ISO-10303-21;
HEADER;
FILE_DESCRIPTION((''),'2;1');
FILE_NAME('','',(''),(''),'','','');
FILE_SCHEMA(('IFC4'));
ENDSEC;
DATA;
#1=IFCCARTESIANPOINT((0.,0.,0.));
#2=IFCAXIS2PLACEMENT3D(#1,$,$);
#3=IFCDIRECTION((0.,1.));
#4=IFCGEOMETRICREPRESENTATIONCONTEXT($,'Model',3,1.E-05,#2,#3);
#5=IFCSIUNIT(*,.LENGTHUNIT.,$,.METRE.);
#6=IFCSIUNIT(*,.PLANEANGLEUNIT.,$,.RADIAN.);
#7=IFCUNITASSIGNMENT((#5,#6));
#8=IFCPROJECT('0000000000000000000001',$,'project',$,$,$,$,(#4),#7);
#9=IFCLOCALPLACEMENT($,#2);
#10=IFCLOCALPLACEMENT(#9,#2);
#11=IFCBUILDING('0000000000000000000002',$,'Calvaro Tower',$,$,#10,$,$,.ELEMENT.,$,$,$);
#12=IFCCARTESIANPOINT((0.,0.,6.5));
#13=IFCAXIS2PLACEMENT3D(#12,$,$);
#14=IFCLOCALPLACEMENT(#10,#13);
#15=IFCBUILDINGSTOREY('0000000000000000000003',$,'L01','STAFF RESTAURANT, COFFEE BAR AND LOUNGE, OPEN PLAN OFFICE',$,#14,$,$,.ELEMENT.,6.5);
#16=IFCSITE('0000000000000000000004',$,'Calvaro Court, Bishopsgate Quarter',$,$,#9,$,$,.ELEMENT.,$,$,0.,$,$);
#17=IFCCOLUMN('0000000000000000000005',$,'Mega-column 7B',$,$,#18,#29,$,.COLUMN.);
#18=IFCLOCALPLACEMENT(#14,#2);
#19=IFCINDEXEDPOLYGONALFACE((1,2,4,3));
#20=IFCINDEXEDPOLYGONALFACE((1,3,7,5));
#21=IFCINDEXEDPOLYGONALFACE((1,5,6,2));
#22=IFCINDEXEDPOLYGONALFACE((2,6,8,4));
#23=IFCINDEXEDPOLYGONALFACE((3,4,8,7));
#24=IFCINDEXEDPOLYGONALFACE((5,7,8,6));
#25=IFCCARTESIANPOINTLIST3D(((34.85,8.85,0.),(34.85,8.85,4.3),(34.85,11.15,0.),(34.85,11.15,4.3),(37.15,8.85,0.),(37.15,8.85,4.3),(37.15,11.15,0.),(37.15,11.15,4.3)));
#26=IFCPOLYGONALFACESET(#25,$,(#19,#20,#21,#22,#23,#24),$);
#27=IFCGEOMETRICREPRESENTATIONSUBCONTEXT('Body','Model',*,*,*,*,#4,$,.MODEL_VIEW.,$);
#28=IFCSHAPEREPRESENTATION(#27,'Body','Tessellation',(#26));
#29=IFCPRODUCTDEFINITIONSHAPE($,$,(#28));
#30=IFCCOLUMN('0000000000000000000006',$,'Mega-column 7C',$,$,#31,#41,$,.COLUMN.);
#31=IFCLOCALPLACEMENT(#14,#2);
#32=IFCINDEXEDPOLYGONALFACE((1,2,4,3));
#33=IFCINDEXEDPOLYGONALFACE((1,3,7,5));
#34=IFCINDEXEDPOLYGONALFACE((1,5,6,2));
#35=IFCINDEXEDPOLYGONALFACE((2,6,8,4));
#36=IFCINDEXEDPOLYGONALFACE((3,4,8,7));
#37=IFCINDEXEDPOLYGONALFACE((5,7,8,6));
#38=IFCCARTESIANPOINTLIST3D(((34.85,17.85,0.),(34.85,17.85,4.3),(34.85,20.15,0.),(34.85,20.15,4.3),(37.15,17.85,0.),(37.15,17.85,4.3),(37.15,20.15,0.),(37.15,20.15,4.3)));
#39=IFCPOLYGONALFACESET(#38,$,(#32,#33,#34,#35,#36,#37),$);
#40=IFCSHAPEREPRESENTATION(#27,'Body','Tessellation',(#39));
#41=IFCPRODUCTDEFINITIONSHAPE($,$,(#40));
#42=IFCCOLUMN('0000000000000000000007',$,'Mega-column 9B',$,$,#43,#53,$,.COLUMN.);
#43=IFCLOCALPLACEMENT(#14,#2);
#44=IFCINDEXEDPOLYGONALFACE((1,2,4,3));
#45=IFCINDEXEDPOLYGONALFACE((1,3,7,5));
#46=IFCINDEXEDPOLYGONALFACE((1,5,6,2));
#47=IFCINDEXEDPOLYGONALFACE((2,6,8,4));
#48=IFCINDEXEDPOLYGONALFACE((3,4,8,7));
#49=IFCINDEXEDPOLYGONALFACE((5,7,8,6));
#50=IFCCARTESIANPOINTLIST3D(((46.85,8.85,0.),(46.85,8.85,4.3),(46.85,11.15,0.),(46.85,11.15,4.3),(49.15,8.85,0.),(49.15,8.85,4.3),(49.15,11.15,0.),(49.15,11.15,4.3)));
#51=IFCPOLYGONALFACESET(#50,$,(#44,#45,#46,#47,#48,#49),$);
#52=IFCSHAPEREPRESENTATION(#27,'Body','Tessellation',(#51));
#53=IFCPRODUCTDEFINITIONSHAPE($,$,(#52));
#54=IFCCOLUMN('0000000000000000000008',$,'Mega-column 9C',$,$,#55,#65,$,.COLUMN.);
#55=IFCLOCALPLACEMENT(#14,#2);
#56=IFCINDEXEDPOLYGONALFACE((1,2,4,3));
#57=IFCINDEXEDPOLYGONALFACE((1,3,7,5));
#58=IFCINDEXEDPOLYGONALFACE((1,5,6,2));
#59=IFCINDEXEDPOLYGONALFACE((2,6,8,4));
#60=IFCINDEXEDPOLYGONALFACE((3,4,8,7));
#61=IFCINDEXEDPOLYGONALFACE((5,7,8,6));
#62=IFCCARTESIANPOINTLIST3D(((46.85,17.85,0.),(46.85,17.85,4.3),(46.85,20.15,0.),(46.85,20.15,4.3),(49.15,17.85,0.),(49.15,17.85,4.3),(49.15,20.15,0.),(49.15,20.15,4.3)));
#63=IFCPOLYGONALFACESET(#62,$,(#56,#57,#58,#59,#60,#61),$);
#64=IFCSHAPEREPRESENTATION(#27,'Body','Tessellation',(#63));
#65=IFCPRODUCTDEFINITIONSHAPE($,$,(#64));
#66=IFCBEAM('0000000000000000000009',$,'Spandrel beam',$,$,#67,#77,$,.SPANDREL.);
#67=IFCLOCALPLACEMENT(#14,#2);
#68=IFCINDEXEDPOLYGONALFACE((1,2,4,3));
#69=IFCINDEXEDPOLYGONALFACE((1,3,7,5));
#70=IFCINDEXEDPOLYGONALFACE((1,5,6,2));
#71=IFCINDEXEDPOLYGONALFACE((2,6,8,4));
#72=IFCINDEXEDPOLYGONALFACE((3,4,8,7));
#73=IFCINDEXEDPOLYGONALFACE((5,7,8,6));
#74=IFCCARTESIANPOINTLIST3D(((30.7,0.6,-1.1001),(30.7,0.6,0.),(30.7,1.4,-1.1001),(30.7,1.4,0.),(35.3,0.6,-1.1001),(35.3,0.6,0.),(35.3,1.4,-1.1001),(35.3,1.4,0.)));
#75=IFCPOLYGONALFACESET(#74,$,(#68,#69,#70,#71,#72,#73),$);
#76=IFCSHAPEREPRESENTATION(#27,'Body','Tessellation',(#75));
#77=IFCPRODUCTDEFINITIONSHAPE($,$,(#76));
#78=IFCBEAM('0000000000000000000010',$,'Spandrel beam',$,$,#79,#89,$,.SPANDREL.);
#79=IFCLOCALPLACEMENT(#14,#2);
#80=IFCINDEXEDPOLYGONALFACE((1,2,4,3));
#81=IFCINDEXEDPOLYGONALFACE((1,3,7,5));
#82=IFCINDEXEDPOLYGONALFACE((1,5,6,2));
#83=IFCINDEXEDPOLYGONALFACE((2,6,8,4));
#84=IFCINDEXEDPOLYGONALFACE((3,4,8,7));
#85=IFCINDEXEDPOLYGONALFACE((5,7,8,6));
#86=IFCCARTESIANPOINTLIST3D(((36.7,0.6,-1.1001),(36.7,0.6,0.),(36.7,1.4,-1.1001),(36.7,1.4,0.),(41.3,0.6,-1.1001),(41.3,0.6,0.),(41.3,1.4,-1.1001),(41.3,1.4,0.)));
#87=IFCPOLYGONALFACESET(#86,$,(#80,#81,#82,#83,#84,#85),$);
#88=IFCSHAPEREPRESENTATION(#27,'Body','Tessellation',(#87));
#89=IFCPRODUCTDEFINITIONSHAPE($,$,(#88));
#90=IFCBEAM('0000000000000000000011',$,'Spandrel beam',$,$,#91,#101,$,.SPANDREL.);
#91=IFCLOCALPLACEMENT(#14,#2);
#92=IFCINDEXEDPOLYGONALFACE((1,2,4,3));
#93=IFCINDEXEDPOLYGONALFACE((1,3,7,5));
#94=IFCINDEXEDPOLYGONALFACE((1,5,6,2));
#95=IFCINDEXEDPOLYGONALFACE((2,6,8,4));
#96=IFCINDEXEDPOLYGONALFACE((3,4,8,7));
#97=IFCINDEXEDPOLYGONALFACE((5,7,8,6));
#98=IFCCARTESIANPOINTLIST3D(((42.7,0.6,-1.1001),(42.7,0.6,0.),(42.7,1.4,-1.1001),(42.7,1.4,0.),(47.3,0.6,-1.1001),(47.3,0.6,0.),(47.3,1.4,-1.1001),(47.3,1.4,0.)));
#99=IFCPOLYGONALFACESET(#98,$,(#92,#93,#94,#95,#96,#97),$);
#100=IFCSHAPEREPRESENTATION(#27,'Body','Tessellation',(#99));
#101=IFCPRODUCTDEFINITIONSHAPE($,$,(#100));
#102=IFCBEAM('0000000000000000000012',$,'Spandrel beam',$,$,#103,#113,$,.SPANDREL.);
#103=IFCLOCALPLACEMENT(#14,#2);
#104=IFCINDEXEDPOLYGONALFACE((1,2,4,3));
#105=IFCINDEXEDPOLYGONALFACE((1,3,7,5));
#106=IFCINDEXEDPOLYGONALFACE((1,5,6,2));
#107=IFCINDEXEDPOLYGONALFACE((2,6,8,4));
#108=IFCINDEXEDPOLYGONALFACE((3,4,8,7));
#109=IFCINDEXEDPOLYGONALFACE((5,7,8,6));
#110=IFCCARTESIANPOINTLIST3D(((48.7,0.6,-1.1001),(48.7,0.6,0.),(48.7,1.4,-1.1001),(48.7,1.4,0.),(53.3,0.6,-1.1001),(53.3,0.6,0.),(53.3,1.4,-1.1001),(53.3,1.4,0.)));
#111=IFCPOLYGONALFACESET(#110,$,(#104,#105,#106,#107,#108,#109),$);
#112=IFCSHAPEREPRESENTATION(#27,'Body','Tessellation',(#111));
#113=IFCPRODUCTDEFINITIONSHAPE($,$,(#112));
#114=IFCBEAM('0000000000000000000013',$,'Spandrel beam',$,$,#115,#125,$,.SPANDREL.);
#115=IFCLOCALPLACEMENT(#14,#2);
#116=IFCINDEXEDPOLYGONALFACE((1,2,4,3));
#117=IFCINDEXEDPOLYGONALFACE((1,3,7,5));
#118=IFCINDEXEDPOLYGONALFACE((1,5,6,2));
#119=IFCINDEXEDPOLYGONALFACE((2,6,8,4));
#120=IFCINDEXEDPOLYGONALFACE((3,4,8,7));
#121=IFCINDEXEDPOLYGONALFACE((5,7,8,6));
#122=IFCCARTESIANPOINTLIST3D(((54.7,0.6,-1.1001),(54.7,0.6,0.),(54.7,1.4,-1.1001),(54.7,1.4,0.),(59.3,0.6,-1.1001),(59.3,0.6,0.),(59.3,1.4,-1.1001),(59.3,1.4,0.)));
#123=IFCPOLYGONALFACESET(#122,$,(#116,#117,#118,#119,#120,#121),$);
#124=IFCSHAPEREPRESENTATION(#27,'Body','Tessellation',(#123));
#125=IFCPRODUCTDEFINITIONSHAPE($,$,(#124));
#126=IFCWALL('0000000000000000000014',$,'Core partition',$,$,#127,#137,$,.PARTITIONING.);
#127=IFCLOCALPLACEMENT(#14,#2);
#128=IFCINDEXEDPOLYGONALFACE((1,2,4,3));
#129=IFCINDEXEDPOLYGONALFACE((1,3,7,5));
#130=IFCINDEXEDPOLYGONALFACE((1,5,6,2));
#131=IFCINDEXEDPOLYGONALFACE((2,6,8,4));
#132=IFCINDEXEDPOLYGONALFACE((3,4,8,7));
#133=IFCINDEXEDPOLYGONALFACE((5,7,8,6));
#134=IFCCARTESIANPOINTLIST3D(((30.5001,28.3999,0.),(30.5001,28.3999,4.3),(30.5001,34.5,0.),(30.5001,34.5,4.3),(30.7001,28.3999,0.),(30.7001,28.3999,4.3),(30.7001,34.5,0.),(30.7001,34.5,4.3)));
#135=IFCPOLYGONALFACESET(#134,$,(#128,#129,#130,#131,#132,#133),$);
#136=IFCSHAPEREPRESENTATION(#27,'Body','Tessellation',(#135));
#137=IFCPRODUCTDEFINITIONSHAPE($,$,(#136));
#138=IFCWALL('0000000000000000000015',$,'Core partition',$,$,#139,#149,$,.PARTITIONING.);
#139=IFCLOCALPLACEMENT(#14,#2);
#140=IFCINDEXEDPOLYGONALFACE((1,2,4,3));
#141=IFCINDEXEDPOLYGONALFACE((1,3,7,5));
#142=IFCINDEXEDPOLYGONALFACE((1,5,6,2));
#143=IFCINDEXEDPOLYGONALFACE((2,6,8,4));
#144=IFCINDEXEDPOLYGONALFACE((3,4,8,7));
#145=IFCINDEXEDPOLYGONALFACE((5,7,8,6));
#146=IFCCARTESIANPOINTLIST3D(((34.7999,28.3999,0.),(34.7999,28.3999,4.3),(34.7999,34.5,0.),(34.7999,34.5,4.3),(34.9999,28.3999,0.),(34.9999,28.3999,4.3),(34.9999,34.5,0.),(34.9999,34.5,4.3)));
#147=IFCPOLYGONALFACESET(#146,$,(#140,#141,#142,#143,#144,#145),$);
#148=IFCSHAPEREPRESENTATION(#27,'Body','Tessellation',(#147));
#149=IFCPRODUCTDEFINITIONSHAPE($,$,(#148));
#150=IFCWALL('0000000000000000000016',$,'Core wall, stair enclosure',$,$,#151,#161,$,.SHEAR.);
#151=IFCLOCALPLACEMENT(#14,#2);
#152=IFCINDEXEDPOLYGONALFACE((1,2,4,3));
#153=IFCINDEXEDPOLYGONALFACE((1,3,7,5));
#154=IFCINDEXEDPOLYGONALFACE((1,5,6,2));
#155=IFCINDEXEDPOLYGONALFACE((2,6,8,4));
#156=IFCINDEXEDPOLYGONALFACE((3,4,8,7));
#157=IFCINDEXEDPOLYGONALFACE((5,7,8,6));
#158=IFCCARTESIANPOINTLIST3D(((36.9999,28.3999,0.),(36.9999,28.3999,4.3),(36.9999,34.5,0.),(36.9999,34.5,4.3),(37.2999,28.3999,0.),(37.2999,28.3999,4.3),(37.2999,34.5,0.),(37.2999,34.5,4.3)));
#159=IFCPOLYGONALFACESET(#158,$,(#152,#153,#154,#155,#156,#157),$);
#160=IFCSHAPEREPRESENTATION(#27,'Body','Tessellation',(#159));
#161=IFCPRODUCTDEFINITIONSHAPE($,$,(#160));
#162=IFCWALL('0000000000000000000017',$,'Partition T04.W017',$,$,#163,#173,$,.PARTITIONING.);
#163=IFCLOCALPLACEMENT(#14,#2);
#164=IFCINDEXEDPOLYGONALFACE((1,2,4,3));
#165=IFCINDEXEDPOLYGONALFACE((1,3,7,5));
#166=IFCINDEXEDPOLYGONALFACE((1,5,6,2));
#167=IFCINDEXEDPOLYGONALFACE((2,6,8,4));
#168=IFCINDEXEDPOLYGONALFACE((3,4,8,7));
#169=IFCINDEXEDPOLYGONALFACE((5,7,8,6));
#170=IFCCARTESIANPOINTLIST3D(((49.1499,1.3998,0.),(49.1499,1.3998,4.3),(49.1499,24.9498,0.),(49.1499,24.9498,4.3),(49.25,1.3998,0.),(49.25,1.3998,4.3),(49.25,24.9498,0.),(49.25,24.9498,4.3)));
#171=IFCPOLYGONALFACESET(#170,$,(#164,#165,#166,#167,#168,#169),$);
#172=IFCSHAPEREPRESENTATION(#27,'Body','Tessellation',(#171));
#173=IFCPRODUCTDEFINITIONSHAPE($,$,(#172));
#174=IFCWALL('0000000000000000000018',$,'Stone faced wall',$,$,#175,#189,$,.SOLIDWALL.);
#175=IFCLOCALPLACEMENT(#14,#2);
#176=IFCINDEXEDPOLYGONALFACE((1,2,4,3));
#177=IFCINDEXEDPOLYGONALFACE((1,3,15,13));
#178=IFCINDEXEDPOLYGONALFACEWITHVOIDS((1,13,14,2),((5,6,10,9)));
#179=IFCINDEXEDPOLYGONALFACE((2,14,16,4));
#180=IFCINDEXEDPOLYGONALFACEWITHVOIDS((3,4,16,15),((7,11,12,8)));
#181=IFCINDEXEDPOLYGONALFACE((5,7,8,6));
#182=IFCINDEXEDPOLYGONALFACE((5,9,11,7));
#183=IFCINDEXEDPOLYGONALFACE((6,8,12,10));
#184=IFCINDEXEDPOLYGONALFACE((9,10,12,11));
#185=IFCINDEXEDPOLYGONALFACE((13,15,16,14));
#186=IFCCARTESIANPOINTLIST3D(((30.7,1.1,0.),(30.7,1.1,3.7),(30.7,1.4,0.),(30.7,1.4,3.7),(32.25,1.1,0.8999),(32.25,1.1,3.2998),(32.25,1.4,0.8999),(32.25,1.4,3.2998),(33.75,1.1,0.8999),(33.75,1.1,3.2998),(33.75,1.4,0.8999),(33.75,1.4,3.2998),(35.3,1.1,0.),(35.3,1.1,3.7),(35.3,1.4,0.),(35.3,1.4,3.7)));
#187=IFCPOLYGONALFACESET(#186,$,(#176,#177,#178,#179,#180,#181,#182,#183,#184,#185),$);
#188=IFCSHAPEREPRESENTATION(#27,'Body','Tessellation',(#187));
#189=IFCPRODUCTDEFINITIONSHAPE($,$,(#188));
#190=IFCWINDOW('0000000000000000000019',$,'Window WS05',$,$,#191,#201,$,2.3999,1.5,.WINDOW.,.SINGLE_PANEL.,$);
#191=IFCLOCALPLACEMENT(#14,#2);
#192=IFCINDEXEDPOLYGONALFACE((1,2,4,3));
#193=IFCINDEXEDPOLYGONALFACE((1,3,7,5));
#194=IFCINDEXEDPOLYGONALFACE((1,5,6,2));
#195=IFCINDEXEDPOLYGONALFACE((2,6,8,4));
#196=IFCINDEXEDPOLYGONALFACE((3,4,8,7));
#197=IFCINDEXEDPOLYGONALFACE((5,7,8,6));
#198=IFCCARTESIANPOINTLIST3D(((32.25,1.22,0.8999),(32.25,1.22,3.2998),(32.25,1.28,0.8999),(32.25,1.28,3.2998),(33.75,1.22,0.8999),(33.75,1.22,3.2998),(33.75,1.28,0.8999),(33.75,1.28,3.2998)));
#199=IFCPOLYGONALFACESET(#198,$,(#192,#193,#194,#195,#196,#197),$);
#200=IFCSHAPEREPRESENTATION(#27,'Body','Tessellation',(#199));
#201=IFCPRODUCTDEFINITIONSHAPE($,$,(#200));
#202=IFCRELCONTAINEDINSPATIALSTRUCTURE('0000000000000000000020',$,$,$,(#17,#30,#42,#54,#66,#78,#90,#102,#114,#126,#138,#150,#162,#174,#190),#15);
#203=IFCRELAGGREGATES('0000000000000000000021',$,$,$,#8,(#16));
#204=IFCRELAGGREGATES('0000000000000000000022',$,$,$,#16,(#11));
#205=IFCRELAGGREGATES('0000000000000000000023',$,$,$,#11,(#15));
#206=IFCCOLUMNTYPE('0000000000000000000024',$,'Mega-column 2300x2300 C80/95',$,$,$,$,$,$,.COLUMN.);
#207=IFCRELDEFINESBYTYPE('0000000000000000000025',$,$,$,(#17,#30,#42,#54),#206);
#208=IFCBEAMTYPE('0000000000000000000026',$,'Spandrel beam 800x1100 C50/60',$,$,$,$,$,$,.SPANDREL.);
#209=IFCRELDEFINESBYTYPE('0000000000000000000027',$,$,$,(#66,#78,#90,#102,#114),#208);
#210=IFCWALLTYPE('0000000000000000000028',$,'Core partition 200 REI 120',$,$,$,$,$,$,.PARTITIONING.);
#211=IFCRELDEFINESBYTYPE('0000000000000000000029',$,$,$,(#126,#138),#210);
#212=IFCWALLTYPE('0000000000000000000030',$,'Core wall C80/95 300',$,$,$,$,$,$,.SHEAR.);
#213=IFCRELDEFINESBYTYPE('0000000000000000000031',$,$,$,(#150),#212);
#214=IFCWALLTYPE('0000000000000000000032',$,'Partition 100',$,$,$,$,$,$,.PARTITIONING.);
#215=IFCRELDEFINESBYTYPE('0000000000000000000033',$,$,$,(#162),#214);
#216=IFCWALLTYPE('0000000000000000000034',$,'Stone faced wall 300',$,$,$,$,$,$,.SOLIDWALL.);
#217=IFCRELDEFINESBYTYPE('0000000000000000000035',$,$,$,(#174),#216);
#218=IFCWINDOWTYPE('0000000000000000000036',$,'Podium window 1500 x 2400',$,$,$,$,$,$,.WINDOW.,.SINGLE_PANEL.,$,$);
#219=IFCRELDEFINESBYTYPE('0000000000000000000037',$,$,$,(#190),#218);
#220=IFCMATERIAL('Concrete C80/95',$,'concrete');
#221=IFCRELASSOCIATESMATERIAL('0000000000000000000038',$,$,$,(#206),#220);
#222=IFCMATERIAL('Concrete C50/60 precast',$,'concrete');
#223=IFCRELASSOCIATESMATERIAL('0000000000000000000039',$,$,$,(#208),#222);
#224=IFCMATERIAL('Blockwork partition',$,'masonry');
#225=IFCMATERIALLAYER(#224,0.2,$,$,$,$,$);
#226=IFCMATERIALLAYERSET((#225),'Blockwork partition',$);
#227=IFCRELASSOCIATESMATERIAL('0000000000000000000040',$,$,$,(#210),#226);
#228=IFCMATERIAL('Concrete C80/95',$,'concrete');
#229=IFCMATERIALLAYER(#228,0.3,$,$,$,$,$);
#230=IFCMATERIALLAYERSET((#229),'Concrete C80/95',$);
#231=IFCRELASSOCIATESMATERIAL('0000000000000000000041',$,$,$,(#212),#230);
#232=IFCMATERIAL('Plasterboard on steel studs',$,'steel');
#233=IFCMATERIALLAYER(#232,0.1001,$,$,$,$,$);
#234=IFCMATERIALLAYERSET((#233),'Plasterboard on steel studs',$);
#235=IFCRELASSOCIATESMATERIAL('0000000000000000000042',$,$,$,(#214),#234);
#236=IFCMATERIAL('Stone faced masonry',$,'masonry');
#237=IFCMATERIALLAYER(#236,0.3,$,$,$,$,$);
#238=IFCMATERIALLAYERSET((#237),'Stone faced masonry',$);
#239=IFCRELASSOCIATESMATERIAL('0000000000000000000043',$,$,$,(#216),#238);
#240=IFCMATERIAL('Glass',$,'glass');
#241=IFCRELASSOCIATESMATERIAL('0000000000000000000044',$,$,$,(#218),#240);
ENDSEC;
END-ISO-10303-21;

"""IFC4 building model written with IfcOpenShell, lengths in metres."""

from ifc_helpers import new_model, si_unit, direction, frame, frame_2d, origin, origin_2d, place, context, subcontext, project, spatial, rectangle, extrude, material, layer, layer_set, material_profile, profile_set, type_object, element, fill, save


model = new_model("IFC4")

# Units and contexts
model_context = context("Model", 3, precision=1e-05, world=origin(), true_north=direction((0.0, 1.0)))
body_context = subcontext(model_context, "Body", "Model", "MODEL_VIEW")
ifc_project = project(units=[si_unit("LENGTHUNIT", "METRE"), si_unit("PLANEANGLEUNIT", "RADIAN")], contexts=[model_context])

# Site, building, storey
site_placement = place(None, origin())
site = spatial("IfcSite", under=ifc_project, at=site_placement, Name="Calvaro Court, Bishopsgate Quarter", CompositionType="ELEMENT", RefElevation=0.0)
building_placement = place(site_placement, origin())
building = spatial("IfcBuilding", under=site, at=building_placement, Name="Calvaro Tower", CompositionType="ELEMENT")
storey_placement = place(building_placement, frame((0.0, 0.0, 6.5)))
storey = spatial("IfcBuildingStorey", under=building, at=storey_placement, Name="L01", Description="STAFF RESTAURANT, COFFEE BAR AND LOUNGE, OPEN PLAN OFFICE", CompositionType="ELEMENT", Elevation=6.5)

# Columns
ifc_material_1 = material(Name="Concrete C80/95", Category="concrete")
ifc_material_profile_1 = material_profile(ifc_material_1, rectangle(XDim=2.3, YDim=2.3, at=origin_2d()), Name="RC 2300x2300")
ifc_profile_set_1 = profile_set([ifc_material_profile_1], Name="Concrete C80/95")
column_type = type_object("IfcColumnType", Name="Mega-column 2300x2300 C80/95", PredefinedType="COLUMN", material=ifc_profile_set_1)
for number, where, z_axis, x_axis, name in (
    (1, (36.0, 10.0, 0.0), (0.0, 0.0, 1.0), (1.0, 0.0, 0.0), "Mega-column 7B"),
    (2, (36.0, 19.0, 0.0), (0.0, 0.0, 1.0), (1.0, 0.0, 0.0), "Mega-column 7C"),
    (3, (48.0, 10.0, 0.0), (0.0, 0.0, 1.0), (1.0, 0.0, 0.0), "Mega-column 9B"),
    (4, (48.0, 19.0, 0.0), (0.0, 0.0, 1.0), (1.0, 0.0, 0.0), "Mega-column 9C"),
):
    element("IfcColumn", number, at=place(storey_placement, frame(where, z_axis=z_axis, x_axis=x_axis)), inside=storey, type_object=column_type, Name=name, PredefinedType="COLUMN", context=body_context, shape_type="SweptSolid", body=[
        extrude(rectangle(XDim=2.3, YDim=2.3, at=origin_2d()), origin(), (0.0, 0.0, 1.0), 4.3),
    ])

# Beams
ifc_material_2 = material(Name="Concrete C50/60 precast", Category="concrete")
ifc_material_profile_2 = material_profile(ifc_material_2, rectangle(XDim=0.8, YDim=1.1001, at=origin_2d()), Name="RC 800x1100")
ifc_profile_set_2 = profile_set([ifc_material_profile_2], Name="Concrete C50/60 precast")
beam_type = type_object("IfcBeamType", Name="Spandrel beam 800x1100 C50/60", PredefinedType="SPANDREL", material=ifc_profile_set_2)
for number, where, z_axis, x_axis, name in (
    (5, (30.7, 1.0, -0.55), (1.0, 0.0, 0.0), (0.0, 1.0, 0.0), "Spandrel beam"),
    (6, (36.7, 1.0, -0.55), (1.0, 0.0, 0.0), (0.0, 1.0, 0.0), "Spandrel beam"),
    (7, (42.7, 1.0, -0.55), (1.0, 0.0, 0.0), (0.0, 1.0, 0.0), "Spandrel beam"),
    (8, (48.7, 1.0, -0.55), (1.0, 0.0, 0.0), (0.0, 1.0, 0.0), "Spandrel beam"),
    (9, (54.7, 1.0, -0.55), (1.0, 0.0, 0.0), (0.0, 1.0, 0.0), "Spandrel beam"),
):
    element("IfcBeam", number, at=place(storey_placement, frame(where, z_axis=z_axis, x_axis=x_axis)), inside=storey, type_object=beam_type, Name=name, PredefinedType="SPANDREL", context=body_context, shape_type="SweptSolid", body=[
        extrude(rectangle(XDim=0.8, YDim=1.1001, at=origin_2d()), origin(), (0.0, 0.0, 1.0), 4.6001),
    ])

# Walls
ifc_material_3 = material(Name="Blockwork partition", Category="masonry")
ifc_layer_1 = layer(ifc_material_3, 0.2)
ifc_layer_set_1 = layer_set([ifc_layer_1], Name="Blockwork partition")
wall_type_1 = type_object("IfcWallType", Name="Core partition 200 REI 120", PredefinedType="PARTITIONING", material=ifc_layer_set_1)
for number, where, z_axis, x_axis, name in (
    (10, (30.6001, 28.3999, 0.0), (0.0, 0.0, 1.0), (0.0, 1.0, 0.0), "Core partition"),
    (11, (34.8999, 28.3999, 0.0), (0.0, 0.0, 1.0), (0.0, 1.0, 0.0), "Core partition"),
):
    element("IfcWall", number, at=place(storey_placement, frame(where, z_axis=z_axis, x_axis=x_axis)), inside=storey, type_object=wall_type_1, Name=name, PredefinedType="PARTITIONING", context=body_context, shape_type="SweptSolid", body=[
        extrude(rectangle(XDim=6.1001, YDim=0.2, at=frame_2d((3.05, 0.0))), origin(), (0.0, 0.0, 1.0), 4.3),
    ])
ifc_material_4 = material(Name="Concrete C80/95", Category="concrete")
ifc_layer_2 = layer(ifc_material_4, 0.3)
ifc_layer_set_2 = layer_set([ifc_layer_2], Name="Concrete C80/95")
wall_type_2 = type_object("IfcWallType", Name="Core wall C80/95 300", PredefinedType="SHEAR", material=ifc_layer_set_2)
wall_1_placement = place(storey_placement, frame((37.1499, 28.3999, 0.0), z_axis=(0.0, 0.0, 1.0), x_axis=(0.0, 1.0, 0.0)))
element("IfcWall", 12, at=wall_1_placement, inside=storey, type_object=wall_type_2, Name="Core wall, stair enclosure", PredefinedType="SHEAR", context=body_context, shape_type="SweptSolid", body=[
    extrude(rectangle(XDim=6.1001, YDim=0.3, at=frame_2d((3.05, 0.0))), origin(), (0.0, 0.0, 1.0), 4.3),
])
ifc_material_5 = material(Name="Plasterboard on steel studs", Category="steel")
ifc_layer_3 = layer(ifc_material_5, 0.1001)
ifc_layer_set_3 = layer_set([ifc_layer_3], Name="Plasterboard on steel studs")
wall_type_3 = type_object("IfcWallType", Name="Partition 100", PredefinedType="PARTITIONING", material=ifc_layer_set_3)
wall_2_placement = place(storey_placement, frame((49.2, 1.3999, 0.0), z_axis=(0.0, 0.0, 1.0), x_axis=(0.0, 1.0, 0.0)))
element("IfcWall", 13, at=wall_2_placement, inside=storey, type_object=wall_type_3, Name="Partition T04.W017", PredefinedType="PARTITIONING", context=body_context, shape_type="SweptSolid", body=[
    extrude(rectangle(XDim=23.55, YDim=0.1001, at=frame_2d((11.7749, 0.0))), origin(), (0.0, 0.0, 1.0), 4.3),
])

# Wall, opening, window
ifc_material_6 = material(Name="Stone faced masonry", Category="masonry")
ifc_layer_4 = layer(ifc_material_6, 0.3)
ifc_layer_set_4 = layer_set([ifc_layer_4], Name="Stone faced masonry")
wall_type_4 = type_object("IfcWallType", Name="Stone faced wall 300", PredefinedType="SOLIDWALL", material=ifc_layer_set_4)
wall_3_placement = place(storey_placement, frame((30.7, 1.25, 0.0), z_axis=(0.0, 0.0, 1.0), x_axis=(1.0, 0.0, 0.0)))
wall_3 = element("IfcWall", 14, at=wall_3_placement, inside=storey, type_object=wall_type_4, Name="Stone faced wall", PredefinedType="SOLIDWALL", context=body_context, shape_type="SweptSolid", body=[
    extrude(rectangle(XDim=4.6001, YDim=0.3, at=frame_2d((2.3, 0.0))), origin(), (0.0, 0.0, 1.0), 3.7),
])
opening_1_placement = place(wall_3_placement, frame((1.55, 0.0, 0.8999)))
opening_1 = element("IfcOpeningElement", 15, at=opening_1_placement, cuts=wall_3, PredefinedType="OPENING", context=body_context, shape_type="SweptSolid", body=[
    extrude(rectangle(XDim=1.5, YDim=2.3999, at=frame_2d((0.75, 1.2))), frame((0.0, 0.1599, 0.0), z_axis=(0.0, -1.0, 0.0), x_axis=(1.0, 0.0, 0.0)), (0.0, 0.0, 1.0), 0.3201),
])
ifc_material_7 = material(Name="Glass", Category="glass")
window_type = type_object("IfcWindowType", Name="Podium window 1500 x 2400", PartitioningType="SINGLE_PANEL", PredefinedType="WINDOW", material=ifc_material_7)
window_1_placement = place(opening_1_placement, origin())
window_1 = element("IfcWindow", 16, at=window_1_placement, inside=storey, type_object=window_type, Name="Window WS05", OverallHeight=2.3999, OverallWidth=1.5, PartitioningType="SINGLE_PANEL", PredefinedType="WINDOW", context=body_context, shape_type="SweptSolid", body=[
    extrude(rectangle(XDim=1.5, YDim=2.3999, at=frame_2d((0.75, 1.2))), frame((0.0, 0.03, 0.0), z_axis=(0.0, -1.0, 0.0), x_axis=(1.0, 0.0, 0.0)), (0.0, 0.0, 1.0), 0.0601),
])
fill(opening_1, window_1)

save(model, "model.ifc")
